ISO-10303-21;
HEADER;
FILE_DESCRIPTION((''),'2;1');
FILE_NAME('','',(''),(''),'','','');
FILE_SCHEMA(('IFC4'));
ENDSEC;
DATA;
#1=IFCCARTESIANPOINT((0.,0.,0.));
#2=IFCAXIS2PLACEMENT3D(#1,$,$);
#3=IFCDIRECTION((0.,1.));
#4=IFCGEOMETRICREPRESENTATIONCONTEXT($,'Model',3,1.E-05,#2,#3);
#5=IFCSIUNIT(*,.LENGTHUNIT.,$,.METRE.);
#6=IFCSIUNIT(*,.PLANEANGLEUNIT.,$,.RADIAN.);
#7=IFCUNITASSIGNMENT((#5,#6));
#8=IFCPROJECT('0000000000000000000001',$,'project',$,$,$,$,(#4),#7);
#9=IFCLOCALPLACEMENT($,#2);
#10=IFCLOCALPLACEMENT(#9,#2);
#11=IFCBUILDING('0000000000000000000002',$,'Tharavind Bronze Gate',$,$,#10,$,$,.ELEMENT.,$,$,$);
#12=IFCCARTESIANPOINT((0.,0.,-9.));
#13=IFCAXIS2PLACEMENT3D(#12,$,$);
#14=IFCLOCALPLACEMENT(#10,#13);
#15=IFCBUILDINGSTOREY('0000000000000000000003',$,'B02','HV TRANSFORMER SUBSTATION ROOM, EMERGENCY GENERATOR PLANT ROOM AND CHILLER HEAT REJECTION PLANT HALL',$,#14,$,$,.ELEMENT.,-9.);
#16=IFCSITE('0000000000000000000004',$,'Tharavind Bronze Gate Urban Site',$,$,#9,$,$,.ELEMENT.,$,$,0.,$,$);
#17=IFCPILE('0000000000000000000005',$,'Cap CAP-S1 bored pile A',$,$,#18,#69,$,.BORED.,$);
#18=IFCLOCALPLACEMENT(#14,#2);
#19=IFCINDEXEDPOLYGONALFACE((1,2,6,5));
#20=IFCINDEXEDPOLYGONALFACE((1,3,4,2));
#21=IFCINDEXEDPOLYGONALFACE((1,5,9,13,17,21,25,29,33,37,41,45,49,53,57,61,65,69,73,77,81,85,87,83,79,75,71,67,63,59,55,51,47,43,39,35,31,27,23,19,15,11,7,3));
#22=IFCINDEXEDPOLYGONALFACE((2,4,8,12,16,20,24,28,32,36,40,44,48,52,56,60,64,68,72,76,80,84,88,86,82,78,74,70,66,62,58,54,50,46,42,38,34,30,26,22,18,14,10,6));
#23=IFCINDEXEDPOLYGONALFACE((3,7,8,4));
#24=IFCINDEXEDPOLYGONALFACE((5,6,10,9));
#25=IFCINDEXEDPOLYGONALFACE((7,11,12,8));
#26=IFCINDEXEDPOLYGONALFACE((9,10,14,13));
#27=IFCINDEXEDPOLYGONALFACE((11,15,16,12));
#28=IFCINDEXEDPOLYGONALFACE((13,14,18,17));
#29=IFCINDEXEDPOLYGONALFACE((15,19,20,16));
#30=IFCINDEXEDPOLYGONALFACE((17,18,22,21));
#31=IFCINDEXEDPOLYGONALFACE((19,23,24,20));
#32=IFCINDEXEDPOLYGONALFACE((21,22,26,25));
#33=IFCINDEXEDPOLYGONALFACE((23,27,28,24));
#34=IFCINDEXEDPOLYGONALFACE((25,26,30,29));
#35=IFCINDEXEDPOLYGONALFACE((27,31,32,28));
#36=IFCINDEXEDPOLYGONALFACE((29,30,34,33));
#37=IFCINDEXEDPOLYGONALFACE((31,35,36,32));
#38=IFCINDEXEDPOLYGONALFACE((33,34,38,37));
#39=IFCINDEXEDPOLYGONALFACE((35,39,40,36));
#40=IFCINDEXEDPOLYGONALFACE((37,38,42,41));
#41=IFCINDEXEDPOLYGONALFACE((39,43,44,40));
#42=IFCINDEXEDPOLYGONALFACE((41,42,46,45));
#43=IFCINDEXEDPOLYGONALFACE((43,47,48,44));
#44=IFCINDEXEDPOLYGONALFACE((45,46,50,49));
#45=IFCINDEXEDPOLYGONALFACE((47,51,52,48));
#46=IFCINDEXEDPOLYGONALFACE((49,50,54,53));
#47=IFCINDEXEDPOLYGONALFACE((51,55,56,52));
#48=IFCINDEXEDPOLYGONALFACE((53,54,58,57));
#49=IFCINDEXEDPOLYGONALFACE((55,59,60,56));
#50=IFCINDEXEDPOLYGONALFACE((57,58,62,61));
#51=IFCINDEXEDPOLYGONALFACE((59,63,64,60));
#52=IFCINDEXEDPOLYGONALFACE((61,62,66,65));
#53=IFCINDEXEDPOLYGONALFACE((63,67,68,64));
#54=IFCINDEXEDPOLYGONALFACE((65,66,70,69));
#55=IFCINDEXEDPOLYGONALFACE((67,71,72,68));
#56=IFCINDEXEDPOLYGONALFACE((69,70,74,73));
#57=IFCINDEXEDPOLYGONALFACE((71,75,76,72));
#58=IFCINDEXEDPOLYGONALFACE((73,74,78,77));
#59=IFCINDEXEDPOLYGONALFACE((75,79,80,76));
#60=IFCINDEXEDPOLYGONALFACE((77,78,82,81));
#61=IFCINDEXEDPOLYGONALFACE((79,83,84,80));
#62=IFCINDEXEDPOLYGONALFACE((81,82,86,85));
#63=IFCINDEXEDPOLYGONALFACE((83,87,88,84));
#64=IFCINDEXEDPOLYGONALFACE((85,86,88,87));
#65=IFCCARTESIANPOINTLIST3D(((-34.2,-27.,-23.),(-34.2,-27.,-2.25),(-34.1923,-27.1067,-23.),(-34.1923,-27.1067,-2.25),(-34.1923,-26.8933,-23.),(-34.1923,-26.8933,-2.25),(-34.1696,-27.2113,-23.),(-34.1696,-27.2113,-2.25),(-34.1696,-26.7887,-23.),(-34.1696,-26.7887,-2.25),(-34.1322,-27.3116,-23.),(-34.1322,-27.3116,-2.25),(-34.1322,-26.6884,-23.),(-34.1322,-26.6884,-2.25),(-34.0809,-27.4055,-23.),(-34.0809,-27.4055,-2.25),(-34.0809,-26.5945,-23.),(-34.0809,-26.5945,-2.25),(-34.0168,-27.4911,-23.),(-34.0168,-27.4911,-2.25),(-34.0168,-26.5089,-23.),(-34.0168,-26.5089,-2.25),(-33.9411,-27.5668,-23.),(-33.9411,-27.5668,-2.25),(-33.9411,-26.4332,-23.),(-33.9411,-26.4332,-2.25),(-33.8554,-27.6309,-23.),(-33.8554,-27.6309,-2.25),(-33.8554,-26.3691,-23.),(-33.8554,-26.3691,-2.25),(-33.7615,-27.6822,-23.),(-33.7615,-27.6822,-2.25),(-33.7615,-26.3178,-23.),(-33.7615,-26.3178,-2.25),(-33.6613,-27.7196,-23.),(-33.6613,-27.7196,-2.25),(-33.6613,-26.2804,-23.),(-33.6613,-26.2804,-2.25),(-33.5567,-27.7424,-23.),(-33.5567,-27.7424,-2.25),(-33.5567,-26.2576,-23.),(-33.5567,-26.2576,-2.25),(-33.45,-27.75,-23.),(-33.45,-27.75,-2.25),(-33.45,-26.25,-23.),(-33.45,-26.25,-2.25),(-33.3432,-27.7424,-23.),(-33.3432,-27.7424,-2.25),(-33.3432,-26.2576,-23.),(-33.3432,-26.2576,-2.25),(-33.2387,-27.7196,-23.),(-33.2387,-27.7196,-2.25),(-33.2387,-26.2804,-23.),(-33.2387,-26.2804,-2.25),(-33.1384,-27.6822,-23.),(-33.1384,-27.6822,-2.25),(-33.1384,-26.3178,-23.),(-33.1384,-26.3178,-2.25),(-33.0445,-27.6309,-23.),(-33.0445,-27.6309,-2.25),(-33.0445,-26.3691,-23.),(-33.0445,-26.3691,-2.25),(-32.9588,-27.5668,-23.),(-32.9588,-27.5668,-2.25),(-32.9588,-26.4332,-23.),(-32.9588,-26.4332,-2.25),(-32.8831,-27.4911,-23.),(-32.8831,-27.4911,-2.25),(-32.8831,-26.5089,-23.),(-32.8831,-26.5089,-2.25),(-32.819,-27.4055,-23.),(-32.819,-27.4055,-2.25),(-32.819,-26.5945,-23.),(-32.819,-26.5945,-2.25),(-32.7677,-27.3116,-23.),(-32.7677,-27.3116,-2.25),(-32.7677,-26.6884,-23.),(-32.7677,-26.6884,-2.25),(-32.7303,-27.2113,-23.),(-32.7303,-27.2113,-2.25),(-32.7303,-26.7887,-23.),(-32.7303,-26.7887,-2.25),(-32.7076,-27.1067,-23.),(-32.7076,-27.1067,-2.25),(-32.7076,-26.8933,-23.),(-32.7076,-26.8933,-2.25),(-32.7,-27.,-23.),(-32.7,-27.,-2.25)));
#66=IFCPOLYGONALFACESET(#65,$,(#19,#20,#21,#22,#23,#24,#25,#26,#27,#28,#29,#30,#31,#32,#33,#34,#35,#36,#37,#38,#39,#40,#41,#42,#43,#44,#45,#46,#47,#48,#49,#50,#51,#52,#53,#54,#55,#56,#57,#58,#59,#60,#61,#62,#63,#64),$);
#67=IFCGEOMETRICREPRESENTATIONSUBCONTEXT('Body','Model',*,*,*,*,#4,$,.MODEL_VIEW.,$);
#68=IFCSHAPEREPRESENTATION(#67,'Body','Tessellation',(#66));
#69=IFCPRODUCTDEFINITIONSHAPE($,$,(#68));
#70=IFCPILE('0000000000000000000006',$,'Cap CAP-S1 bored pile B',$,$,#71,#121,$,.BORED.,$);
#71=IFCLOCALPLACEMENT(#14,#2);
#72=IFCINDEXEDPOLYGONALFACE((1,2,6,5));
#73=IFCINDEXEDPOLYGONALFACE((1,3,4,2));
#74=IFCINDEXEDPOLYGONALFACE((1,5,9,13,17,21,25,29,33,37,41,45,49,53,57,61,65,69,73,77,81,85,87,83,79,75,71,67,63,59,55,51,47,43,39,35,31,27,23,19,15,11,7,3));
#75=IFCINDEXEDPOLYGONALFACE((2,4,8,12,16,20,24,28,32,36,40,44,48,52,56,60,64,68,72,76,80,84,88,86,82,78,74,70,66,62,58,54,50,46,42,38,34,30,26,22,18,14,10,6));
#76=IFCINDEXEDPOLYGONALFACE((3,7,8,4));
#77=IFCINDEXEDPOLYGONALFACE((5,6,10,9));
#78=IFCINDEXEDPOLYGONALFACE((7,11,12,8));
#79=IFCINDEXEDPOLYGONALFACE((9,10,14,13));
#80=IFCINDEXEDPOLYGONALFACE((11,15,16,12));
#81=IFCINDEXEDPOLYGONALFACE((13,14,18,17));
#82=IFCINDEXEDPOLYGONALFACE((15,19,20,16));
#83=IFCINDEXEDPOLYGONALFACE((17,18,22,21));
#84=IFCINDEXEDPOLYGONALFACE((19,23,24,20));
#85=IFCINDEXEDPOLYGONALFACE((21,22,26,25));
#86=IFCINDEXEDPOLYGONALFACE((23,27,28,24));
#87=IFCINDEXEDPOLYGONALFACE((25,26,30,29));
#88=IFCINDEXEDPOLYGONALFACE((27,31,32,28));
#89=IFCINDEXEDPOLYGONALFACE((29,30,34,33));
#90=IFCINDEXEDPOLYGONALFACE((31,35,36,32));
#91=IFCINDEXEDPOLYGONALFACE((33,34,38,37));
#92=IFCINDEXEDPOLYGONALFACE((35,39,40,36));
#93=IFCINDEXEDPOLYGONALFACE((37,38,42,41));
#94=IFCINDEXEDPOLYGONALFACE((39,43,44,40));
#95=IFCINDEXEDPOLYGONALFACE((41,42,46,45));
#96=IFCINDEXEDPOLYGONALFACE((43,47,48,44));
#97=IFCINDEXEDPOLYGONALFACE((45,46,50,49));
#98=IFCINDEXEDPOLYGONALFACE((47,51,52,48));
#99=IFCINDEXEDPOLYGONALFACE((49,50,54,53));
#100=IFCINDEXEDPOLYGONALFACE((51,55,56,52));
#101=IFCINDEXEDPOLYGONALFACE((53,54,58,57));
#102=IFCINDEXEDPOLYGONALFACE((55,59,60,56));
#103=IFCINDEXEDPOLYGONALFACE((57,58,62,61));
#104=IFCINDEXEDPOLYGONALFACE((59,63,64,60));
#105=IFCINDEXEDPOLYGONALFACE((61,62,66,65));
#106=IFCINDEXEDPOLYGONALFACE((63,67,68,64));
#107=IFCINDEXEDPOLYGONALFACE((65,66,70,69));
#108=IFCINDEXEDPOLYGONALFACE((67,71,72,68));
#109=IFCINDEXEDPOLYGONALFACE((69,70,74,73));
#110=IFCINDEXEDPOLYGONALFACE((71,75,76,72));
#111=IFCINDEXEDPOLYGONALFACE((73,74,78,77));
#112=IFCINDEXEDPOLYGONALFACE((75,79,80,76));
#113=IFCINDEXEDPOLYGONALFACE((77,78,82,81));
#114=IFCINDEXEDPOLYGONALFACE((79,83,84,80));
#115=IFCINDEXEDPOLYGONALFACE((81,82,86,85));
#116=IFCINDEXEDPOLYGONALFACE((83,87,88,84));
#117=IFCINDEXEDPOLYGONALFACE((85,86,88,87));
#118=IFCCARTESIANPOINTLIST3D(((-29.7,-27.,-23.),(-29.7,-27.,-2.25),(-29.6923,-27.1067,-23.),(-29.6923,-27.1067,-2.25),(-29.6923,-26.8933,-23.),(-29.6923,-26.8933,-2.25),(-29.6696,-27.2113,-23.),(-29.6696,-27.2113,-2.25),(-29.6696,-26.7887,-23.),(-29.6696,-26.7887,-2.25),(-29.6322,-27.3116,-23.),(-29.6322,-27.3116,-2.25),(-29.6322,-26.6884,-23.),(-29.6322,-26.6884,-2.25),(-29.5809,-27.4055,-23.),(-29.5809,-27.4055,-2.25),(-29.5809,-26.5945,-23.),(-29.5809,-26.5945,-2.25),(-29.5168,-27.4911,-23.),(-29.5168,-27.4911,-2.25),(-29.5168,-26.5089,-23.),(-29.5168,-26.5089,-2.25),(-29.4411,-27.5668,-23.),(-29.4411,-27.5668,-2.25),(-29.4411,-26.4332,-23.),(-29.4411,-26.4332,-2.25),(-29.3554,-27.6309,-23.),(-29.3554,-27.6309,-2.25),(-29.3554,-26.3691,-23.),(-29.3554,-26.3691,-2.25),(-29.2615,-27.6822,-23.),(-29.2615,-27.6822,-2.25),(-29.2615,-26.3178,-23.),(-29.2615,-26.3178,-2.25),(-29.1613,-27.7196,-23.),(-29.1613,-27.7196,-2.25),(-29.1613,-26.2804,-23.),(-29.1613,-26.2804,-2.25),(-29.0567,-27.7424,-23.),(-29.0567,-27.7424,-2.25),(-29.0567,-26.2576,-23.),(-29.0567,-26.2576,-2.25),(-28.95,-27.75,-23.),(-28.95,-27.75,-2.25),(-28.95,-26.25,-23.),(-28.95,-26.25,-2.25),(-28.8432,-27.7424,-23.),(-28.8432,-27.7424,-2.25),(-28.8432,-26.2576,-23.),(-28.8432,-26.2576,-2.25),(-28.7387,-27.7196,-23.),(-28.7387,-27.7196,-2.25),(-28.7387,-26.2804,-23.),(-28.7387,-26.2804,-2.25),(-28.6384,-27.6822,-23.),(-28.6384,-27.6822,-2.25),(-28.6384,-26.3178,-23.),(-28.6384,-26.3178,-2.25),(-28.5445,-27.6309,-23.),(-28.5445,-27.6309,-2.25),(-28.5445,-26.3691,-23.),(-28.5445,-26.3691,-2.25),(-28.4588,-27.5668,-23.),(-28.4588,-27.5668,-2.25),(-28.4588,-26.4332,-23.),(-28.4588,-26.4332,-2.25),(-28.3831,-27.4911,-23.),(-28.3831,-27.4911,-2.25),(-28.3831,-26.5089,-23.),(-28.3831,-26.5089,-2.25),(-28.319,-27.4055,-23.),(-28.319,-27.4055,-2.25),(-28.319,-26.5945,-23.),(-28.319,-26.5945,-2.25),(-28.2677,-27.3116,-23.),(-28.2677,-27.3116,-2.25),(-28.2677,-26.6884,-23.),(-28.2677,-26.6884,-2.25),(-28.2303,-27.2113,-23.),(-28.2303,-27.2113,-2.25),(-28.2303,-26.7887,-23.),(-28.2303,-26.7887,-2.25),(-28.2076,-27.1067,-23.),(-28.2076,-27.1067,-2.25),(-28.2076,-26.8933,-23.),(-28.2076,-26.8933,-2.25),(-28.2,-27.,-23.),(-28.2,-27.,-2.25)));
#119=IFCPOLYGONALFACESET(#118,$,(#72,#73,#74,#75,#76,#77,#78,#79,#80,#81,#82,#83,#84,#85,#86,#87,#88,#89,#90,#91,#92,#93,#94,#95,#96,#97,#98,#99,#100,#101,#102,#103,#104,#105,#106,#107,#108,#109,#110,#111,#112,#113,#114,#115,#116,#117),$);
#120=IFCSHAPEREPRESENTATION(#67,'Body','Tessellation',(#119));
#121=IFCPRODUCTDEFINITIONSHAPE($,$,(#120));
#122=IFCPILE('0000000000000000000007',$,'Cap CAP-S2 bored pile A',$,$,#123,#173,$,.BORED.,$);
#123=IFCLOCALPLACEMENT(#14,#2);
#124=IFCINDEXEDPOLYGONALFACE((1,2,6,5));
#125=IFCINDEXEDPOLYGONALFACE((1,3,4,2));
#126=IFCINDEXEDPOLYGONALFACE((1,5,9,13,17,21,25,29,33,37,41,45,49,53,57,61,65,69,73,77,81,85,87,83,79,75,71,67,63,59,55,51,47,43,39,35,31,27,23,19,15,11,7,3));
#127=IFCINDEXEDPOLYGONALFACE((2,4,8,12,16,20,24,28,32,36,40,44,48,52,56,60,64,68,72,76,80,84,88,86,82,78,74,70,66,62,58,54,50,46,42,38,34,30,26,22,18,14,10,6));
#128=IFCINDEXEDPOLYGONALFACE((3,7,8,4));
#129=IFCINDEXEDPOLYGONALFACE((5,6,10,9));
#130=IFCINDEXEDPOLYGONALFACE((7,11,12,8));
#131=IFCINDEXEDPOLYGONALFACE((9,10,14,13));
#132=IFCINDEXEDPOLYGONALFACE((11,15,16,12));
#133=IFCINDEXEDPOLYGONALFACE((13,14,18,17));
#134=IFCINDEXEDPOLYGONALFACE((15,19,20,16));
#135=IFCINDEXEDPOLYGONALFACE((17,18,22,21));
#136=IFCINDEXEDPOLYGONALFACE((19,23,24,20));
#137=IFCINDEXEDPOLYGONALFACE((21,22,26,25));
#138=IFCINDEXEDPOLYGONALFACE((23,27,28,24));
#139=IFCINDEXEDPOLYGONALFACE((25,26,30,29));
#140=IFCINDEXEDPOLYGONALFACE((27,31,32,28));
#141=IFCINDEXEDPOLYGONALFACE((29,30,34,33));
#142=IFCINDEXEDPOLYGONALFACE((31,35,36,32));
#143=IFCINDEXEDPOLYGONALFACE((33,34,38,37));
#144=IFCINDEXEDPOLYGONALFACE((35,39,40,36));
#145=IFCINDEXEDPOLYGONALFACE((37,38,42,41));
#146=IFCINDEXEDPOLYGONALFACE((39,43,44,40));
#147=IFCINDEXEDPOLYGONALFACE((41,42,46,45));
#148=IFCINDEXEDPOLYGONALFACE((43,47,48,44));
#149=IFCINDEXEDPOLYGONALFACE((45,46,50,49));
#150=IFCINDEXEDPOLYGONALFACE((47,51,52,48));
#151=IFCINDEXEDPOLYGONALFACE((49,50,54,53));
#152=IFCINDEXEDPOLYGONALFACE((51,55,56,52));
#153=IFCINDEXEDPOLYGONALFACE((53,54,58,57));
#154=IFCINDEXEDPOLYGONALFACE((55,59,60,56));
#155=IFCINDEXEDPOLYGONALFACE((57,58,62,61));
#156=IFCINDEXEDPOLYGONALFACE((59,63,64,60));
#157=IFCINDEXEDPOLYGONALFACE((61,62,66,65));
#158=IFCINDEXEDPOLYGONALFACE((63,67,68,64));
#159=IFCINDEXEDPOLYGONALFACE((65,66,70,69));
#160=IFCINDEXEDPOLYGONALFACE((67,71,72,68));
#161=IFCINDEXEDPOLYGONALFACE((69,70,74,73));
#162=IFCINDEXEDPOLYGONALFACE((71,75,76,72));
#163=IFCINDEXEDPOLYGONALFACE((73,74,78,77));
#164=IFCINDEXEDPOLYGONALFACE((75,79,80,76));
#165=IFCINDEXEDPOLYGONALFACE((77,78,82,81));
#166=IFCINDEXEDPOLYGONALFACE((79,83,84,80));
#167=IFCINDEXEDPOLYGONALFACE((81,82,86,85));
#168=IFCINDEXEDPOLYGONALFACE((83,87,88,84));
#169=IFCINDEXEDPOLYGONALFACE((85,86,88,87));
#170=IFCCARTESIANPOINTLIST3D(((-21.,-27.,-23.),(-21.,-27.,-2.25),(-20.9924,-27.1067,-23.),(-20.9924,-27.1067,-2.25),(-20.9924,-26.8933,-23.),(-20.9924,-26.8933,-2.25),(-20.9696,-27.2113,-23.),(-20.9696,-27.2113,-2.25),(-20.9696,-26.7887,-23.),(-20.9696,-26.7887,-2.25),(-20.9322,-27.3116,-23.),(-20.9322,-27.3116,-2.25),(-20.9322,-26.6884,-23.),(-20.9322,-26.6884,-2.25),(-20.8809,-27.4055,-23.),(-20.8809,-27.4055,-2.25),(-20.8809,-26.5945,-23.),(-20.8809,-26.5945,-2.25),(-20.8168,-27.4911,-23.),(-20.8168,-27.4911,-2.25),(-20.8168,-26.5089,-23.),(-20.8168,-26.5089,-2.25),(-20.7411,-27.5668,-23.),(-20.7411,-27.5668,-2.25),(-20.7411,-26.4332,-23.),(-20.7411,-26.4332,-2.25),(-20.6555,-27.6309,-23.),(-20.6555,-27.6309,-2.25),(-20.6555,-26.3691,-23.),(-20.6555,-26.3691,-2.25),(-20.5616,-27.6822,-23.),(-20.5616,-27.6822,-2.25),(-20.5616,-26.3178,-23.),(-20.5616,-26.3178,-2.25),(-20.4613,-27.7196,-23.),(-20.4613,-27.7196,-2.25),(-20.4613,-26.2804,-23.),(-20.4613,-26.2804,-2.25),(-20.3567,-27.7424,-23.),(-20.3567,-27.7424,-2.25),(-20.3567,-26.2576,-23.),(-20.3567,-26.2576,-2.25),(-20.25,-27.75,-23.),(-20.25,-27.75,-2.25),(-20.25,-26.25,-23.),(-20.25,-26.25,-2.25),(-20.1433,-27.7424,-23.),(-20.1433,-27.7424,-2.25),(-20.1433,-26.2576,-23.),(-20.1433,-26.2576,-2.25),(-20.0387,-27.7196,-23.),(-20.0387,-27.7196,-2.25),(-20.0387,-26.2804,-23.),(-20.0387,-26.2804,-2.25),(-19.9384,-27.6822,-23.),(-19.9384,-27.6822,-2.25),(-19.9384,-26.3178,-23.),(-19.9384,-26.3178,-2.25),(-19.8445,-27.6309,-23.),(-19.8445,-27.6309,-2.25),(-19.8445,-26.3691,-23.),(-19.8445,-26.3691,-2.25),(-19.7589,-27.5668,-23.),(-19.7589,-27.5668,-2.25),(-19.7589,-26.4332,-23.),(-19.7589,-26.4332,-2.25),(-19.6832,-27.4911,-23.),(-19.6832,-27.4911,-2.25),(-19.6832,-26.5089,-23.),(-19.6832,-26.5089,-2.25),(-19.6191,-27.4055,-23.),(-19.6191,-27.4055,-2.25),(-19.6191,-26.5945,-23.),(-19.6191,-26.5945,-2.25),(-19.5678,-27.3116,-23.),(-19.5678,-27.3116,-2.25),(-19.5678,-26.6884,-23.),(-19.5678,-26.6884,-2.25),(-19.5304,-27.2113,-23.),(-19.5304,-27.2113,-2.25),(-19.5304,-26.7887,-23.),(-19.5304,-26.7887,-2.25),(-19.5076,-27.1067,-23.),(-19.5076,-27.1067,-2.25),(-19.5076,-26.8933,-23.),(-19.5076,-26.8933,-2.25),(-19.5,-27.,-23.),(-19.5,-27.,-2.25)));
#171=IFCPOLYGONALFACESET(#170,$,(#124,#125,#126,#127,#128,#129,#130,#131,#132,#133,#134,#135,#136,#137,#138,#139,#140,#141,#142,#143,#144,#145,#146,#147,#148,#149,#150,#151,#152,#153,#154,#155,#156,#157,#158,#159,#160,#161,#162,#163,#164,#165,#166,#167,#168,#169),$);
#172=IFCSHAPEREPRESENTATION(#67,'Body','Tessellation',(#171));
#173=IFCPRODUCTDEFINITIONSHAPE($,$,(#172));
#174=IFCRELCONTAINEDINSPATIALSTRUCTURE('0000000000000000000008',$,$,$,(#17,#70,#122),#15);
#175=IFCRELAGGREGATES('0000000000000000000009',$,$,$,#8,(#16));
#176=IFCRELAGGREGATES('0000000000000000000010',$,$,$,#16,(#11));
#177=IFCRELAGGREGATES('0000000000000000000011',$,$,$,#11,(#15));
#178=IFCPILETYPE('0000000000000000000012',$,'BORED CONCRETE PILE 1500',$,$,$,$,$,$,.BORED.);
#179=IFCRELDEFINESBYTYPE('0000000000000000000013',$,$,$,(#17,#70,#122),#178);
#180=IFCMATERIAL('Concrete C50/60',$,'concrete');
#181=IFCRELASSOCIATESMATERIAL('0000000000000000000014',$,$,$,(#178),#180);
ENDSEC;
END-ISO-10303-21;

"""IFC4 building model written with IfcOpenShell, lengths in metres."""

from ifc_helpers import new_model, si_unit, direction, frame, origin, origin_2d, place, context, subcontext, project, spatial, circle, extrude, material, material_profile, profile_set, type_object, element, save


model = new_model("IFC4")

# Units and contexts
model_context = context("Model", 3, precision=1e-05, world=origin(), true_north=direction((0.0, 1.0)))
body_context = subcontext(model_context, "Body", "Model", "MODEL_VIEW")
ifc_project = project(units=[si_unit("LENGTHUNIT", "METRE"), si_unit("PLANEANGLEUNIT", "RADIAN")], contexts=[model_context])

# Site, building, storey
site_placement = place(None, origin())
site = spatial("IfcSite", under=ifc_project, at=site_placement, Name="Tharavind Bronze Gate Urban Site", CompositionType="ELEMENT", RefElevation=0.0)
building_placement = place(site_placement, origin())
building = spatial("IfcBuilding", under=site, at=building_placement, Name="Tharavind Bronze Gate", CompositionType="ELEMENT")
storey_placement = place(building_placement, frame((0.0, 0.0, -9.0)))
storey = spatial("IfcBuildingStorey", under=building, at=storey_placement, Name="B02", Description="HV TRANSFORMER SUBSTATION ROOM, EMERGENCY GENERATOR PLANT ROOM AND CHILLER HEAT REJECTION PLANT HALL", CompositionType="ELEMENT", Elevation=-9.0)

# Piles
ifc_material_1 = material(Name="Concrete C50/60", Category="concrete")
ifc_material_profile_1 = material_profile(ifc_material_1, circle(Radius=0.75, at=origin_2d()), Name="PILE1500")
ifc_profile_set_1 = profile_set([ifc_material_profile_1], Name="Concrete C50/60")
pile_type_1 = type_object("IfcPileType", Name="BORED CONCRETE PILE 1500", PredefinedType="BORED", material=ifc_profile_set_1)
for number, where, z_axis, x_axis, name in (
    (1, (-33.45, -27.0, -2.25), (0.0, 0.0, -1.0), (1.0, 0.0, 0.0), "Cap CAP-S1 bored pile A"),
    (2, (-28.95, -27.0, -2.25), (0.0, 0.0, -1.0), (1.0, 0.0, 0.0), "Cap CAP-S1 bored pile B"),
    (3, (-20.25, -27.0, -2.25), (0.0, 0.0, -1.0), (1.0, 0.0, 0.0), "Cap CAP-S2 bored pile A"),
):
    element("IfcPile", number, at=place(storey_placement, frame(where, z_axis=z_axis, x_axis=x_axis)), inside=storey, type_object=pile_type_1, Name=name, PredefinedType="BORED", context=body_context, shape_type="SweptSolid", body=[
        extrude(circle(Radius=0.75, at=origin_2d()), origin(), (0.0, 0.0, 1.0), 20.75),
    ])

save(model, "model.ifc")
